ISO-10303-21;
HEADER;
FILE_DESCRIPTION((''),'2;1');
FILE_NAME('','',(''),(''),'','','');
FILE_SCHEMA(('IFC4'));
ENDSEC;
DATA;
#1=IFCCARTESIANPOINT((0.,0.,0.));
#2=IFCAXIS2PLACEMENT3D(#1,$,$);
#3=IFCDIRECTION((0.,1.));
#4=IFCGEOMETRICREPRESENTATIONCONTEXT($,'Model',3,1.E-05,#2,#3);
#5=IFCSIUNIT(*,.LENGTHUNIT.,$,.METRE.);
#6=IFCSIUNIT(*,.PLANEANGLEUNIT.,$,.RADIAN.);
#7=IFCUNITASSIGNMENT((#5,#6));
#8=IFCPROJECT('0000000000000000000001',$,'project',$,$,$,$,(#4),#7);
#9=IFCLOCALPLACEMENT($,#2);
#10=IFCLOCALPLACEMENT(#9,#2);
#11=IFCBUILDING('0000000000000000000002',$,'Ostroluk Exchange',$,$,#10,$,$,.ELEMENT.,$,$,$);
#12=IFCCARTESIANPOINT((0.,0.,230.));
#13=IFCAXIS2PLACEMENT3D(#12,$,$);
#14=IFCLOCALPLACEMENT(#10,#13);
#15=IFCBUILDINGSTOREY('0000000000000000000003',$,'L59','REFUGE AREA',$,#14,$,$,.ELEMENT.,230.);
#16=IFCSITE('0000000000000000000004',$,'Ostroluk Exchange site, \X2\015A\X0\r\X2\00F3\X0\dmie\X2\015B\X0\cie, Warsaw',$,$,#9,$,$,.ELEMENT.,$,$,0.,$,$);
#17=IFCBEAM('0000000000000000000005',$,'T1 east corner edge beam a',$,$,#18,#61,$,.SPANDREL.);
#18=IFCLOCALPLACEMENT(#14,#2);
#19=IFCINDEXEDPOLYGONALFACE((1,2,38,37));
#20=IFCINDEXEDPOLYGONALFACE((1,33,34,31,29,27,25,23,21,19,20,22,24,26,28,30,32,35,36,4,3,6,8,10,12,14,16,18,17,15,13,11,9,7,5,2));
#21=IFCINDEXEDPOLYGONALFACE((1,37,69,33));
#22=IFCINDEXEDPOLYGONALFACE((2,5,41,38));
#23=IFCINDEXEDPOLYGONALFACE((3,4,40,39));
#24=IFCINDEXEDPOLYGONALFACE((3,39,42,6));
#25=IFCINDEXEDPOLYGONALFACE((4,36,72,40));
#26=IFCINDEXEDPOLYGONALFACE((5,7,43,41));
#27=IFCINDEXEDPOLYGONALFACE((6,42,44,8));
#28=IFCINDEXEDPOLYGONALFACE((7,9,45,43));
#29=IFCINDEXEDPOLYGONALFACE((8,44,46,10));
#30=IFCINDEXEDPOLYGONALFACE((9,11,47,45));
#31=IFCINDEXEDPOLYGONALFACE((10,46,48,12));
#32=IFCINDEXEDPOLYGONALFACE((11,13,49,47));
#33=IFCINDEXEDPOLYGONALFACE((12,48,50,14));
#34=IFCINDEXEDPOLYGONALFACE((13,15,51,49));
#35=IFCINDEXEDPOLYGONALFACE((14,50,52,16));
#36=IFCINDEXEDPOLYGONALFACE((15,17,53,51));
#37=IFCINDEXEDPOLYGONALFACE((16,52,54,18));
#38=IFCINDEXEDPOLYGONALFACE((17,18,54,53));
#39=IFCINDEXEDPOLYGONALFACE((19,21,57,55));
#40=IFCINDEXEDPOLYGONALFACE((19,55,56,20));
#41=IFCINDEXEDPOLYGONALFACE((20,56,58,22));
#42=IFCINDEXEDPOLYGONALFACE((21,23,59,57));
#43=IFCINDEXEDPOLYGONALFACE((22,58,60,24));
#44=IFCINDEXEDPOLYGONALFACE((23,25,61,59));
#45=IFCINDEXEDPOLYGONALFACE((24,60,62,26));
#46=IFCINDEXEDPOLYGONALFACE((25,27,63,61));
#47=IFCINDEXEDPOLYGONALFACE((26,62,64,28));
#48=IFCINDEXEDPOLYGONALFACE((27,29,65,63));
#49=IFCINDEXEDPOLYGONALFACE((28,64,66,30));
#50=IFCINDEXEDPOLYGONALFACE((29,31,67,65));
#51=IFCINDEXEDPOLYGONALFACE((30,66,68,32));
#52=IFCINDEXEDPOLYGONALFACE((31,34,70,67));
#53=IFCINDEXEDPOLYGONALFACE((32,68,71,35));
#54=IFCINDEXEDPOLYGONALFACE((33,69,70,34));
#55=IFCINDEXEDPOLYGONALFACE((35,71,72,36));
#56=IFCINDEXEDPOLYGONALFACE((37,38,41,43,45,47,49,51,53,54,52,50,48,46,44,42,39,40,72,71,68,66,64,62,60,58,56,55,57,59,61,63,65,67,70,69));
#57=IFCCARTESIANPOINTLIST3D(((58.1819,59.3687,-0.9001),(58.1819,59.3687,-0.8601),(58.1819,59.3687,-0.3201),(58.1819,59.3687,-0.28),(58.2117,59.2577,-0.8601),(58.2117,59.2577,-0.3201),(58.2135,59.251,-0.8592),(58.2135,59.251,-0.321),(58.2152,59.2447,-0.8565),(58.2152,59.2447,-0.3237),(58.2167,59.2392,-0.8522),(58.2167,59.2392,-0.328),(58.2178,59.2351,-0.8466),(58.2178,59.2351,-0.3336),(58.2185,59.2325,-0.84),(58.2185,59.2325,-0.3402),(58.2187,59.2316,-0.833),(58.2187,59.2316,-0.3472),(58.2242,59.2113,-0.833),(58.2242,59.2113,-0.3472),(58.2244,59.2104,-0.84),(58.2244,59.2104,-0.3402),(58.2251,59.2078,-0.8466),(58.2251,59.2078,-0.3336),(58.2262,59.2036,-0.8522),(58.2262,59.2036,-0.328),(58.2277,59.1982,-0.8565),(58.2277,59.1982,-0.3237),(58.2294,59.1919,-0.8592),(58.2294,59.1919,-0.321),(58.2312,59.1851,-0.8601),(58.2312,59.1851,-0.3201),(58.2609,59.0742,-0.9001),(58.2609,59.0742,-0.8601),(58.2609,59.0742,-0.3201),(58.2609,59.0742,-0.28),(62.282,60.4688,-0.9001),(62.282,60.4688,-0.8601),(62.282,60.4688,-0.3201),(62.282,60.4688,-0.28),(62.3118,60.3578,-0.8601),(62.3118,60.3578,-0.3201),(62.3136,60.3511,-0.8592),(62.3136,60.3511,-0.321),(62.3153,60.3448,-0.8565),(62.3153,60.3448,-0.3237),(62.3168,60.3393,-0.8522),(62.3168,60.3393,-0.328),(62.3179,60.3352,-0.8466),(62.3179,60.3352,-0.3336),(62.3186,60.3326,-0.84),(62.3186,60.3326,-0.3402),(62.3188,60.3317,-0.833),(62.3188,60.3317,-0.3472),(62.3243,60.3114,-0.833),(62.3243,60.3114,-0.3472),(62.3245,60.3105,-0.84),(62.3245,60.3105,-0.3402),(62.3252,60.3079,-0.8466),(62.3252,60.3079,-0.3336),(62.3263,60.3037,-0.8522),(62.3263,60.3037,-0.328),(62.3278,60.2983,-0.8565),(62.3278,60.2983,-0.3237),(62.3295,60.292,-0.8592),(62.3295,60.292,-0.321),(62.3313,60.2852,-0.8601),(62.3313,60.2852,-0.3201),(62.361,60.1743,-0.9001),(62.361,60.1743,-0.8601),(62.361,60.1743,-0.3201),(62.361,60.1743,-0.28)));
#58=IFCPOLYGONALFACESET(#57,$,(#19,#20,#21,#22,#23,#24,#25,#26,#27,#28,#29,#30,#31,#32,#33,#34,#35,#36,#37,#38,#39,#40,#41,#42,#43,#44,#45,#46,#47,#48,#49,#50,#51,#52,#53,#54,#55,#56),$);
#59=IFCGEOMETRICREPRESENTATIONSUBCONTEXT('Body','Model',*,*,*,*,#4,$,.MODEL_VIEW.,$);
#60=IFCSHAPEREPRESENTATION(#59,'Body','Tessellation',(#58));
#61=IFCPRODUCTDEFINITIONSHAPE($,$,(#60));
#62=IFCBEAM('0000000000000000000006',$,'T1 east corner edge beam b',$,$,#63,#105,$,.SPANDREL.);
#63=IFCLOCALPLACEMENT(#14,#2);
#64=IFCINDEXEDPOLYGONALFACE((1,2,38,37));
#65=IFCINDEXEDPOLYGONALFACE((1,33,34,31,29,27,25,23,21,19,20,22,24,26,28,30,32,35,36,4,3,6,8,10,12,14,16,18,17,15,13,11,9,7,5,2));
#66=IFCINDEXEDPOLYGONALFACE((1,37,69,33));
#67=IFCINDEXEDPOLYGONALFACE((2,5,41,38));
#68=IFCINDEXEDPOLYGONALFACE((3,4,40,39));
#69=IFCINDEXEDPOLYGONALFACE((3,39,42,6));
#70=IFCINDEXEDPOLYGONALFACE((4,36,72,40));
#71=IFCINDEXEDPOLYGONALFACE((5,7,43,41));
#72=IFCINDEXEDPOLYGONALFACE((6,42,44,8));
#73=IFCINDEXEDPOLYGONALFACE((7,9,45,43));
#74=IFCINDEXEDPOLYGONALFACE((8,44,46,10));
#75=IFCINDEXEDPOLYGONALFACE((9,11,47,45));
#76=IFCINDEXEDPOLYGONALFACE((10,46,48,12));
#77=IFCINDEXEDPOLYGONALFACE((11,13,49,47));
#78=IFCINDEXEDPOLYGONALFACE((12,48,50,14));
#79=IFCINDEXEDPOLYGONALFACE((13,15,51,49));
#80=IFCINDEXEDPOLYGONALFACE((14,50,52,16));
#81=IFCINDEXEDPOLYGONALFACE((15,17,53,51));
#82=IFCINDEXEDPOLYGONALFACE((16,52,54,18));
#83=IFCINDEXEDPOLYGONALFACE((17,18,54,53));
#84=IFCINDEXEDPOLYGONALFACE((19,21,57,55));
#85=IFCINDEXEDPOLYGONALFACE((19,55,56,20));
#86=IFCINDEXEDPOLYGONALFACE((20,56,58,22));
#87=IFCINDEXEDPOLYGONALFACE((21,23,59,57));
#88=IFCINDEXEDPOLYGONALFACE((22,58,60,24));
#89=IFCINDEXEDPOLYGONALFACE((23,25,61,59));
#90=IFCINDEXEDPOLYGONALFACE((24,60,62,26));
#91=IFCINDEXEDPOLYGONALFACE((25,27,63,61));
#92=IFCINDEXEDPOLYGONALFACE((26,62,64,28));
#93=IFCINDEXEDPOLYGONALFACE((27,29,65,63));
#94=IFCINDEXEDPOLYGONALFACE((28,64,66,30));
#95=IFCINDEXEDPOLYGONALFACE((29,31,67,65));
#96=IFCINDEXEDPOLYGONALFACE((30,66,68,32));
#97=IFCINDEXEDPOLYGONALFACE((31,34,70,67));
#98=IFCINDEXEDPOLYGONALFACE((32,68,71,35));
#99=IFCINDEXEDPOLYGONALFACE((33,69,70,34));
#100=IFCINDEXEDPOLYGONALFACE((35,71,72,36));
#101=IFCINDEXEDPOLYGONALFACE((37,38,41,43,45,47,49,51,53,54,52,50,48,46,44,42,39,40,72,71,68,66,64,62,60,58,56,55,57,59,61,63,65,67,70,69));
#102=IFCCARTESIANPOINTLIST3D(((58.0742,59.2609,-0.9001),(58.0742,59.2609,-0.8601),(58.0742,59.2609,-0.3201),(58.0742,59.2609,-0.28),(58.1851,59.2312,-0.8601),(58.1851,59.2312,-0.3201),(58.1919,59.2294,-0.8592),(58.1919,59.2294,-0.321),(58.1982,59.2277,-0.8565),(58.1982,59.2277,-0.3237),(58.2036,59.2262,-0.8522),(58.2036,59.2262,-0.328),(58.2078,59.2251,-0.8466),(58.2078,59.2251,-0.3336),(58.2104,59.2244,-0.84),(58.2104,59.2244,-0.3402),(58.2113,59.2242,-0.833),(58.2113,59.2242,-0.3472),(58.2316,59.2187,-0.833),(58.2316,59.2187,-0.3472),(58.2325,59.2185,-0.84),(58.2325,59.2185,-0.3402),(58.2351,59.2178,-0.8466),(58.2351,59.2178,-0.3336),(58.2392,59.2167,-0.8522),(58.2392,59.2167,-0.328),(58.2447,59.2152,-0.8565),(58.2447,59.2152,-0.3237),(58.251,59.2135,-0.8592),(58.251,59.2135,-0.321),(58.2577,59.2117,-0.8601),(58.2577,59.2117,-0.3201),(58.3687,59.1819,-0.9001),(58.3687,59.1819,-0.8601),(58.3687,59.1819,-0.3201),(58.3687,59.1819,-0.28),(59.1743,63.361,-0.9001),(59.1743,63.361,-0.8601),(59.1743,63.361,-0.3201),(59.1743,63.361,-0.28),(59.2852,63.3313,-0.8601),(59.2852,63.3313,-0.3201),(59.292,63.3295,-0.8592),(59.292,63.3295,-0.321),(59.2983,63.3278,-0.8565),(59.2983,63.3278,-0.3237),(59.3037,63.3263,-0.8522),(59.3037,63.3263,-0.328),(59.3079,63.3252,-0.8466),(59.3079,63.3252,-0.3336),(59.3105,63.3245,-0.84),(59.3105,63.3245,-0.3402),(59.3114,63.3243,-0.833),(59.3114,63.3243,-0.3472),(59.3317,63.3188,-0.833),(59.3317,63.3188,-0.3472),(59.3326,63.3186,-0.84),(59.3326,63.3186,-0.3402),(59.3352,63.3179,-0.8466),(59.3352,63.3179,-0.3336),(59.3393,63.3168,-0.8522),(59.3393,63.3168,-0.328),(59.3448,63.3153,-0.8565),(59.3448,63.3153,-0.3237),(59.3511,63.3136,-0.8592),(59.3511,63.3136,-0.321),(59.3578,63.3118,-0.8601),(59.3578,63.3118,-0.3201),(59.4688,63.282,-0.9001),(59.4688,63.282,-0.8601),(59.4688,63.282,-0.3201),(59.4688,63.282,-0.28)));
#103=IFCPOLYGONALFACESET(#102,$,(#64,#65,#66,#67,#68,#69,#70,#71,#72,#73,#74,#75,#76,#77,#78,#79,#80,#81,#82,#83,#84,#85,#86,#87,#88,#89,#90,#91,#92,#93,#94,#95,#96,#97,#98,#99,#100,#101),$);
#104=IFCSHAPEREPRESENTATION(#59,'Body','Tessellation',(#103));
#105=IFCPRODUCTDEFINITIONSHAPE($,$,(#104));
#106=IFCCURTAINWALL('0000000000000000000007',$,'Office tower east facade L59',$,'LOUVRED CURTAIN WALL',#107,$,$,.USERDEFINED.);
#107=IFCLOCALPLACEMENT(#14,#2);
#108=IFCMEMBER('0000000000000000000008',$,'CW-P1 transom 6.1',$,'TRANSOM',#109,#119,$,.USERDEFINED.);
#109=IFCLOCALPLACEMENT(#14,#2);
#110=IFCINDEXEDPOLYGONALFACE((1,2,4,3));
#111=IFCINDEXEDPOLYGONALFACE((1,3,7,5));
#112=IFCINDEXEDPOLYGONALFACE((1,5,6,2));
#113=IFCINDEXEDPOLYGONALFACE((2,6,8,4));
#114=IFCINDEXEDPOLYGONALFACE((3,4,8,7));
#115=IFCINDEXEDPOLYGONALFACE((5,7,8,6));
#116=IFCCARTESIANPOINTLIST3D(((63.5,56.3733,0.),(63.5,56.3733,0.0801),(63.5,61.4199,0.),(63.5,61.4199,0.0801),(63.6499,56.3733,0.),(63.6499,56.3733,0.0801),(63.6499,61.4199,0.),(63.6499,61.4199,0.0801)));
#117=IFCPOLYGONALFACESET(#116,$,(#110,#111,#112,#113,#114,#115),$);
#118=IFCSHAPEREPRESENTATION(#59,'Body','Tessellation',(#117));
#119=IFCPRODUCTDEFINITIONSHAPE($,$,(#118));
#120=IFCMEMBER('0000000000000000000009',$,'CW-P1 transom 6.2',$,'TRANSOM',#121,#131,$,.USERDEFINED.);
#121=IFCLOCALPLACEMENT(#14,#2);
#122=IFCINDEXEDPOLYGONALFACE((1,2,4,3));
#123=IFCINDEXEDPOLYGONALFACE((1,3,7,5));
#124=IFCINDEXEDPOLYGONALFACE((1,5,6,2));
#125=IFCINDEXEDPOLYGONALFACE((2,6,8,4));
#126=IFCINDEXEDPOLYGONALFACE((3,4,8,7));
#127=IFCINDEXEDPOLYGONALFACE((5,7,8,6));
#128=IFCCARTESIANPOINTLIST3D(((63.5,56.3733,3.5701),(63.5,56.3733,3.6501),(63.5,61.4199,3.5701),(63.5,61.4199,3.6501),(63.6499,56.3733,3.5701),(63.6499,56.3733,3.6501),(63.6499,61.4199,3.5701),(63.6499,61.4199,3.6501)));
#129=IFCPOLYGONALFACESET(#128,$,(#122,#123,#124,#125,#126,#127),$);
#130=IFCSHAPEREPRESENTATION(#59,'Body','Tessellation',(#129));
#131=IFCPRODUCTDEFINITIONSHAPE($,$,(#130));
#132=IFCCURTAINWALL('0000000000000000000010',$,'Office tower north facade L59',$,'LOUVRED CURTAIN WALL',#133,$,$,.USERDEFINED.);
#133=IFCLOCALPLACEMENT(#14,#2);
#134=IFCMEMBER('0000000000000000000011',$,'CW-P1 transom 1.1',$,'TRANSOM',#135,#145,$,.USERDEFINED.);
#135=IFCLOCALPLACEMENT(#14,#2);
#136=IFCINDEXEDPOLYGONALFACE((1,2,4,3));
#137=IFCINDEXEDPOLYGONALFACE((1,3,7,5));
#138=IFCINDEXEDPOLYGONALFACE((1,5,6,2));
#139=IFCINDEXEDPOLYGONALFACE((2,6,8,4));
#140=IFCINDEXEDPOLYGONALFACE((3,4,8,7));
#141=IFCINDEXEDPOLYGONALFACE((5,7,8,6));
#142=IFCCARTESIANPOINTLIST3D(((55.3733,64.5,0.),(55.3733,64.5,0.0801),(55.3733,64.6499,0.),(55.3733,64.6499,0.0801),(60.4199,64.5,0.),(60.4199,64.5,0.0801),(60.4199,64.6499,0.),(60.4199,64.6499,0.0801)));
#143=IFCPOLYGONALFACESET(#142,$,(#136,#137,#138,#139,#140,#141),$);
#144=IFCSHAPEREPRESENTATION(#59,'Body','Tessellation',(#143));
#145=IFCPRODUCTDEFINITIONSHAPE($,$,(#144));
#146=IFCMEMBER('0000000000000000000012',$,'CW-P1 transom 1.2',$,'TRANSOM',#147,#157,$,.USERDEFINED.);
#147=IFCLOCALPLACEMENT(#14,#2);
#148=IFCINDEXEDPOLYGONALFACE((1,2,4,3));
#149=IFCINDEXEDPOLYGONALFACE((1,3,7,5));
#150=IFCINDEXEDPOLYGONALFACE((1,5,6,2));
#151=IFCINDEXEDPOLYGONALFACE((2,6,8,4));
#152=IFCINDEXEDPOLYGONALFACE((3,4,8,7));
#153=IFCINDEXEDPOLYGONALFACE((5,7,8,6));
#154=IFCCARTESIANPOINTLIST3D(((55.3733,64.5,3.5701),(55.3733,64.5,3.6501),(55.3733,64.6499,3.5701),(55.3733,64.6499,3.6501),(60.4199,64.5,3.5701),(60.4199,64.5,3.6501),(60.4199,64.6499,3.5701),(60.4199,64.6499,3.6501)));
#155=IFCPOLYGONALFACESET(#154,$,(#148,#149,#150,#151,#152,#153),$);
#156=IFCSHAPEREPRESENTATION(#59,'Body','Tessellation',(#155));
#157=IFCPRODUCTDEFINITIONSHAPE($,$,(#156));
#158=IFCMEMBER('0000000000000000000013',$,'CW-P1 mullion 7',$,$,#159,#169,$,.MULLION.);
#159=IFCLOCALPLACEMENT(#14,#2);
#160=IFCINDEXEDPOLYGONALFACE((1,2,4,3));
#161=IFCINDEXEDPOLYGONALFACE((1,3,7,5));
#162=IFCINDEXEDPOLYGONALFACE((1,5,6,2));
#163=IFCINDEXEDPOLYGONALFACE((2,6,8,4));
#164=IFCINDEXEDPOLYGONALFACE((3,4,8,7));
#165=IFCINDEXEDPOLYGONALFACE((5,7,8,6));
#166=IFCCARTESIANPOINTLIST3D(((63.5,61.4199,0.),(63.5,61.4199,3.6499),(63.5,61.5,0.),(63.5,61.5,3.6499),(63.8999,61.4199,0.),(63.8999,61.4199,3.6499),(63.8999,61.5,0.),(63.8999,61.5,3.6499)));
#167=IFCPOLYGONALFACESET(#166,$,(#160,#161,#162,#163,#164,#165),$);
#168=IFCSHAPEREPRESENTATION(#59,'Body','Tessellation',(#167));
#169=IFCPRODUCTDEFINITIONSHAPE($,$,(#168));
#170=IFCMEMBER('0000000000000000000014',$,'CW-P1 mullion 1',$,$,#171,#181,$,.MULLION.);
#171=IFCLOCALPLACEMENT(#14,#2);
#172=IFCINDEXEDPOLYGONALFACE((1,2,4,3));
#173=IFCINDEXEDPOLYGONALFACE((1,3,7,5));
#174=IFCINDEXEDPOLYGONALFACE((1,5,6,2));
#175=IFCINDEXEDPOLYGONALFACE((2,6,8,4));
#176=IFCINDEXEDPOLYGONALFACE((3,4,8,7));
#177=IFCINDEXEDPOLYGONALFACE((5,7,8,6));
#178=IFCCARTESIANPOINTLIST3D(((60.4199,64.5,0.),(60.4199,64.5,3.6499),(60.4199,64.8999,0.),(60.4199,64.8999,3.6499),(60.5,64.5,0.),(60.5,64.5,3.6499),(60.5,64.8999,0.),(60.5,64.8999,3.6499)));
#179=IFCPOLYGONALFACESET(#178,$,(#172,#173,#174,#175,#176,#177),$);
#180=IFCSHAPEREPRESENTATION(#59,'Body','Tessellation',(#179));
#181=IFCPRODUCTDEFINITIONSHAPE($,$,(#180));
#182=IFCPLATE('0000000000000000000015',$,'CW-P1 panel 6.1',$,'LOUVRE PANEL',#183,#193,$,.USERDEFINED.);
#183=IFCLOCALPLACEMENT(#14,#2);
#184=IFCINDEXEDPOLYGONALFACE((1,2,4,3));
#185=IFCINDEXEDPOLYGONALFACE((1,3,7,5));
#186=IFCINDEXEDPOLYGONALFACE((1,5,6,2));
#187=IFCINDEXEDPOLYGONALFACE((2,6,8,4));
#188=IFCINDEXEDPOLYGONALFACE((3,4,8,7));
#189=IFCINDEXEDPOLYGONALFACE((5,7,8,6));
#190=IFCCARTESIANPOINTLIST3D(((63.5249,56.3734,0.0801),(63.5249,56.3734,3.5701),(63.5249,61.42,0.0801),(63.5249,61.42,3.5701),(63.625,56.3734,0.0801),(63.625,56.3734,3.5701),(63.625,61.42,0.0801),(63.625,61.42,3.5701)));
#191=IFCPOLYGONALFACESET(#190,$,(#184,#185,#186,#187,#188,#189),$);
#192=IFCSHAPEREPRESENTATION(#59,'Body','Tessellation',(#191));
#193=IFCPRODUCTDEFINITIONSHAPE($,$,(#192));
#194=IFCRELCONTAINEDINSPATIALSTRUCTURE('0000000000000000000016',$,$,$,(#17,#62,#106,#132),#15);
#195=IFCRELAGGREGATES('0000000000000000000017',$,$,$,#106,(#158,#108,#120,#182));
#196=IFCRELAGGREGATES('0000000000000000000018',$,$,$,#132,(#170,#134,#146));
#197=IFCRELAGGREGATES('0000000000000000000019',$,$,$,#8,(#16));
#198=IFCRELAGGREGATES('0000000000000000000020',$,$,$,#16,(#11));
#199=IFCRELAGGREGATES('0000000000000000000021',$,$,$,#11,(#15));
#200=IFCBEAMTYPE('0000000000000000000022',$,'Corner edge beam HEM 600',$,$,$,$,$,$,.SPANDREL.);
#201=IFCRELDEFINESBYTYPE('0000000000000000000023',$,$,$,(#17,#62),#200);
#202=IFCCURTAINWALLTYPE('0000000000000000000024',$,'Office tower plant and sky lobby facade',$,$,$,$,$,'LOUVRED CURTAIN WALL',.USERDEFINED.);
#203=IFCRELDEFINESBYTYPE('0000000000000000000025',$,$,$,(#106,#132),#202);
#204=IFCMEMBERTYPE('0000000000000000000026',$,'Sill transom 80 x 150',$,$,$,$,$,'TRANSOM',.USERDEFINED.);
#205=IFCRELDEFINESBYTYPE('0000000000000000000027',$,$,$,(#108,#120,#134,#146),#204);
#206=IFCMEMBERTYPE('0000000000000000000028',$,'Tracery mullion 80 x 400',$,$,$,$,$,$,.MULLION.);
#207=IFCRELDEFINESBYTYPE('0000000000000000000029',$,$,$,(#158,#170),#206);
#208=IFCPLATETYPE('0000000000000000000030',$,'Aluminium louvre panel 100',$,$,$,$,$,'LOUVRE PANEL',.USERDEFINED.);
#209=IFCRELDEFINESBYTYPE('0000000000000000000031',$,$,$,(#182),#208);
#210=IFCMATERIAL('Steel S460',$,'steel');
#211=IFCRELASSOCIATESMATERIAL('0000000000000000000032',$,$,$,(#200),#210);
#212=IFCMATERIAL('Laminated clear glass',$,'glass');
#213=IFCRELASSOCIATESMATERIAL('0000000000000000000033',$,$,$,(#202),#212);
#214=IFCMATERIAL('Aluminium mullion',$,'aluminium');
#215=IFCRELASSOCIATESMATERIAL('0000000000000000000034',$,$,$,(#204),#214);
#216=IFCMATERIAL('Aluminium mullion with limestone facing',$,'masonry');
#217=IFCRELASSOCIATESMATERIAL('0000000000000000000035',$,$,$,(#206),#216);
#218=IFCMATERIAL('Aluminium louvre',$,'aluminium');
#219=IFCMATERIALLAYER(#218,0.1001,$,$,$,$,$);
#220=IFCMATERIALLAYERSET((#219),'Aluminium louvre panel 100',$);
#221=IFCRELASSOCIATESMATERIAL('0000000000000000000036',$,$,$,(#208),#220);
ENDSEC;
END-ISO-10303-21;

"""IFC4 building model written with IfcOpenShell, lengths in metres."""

from ifc_helpers import new_model, si_unit, direction, frame, origin, origin_2d, place, context, subcontext, project, spatial, rectangle, i_section, extrude, material, layer, layer_set, material_profile, profile_set, type_object, element, aggregate, save


model = new_model("IFC4")

# Units and contexts
model_context = context("Model", 3, precision=1e-05, world=origin(), true_north=direction((0.0, 1.0)))
body_context = subcontext(model_context, "Body", "Model", "MODEL_VIEW")
ifc_project = project(units=[si_unit("LENGTHUNIT", "METRE"), si_unit("PLANEANGLEUNIT", "RADIAN")], contexts=[model_context])

# Site, building, storey
site_placement = place(None, origin())
site = spatial("IfcSite", under=ifc_project, at=site_placement, Name="Ostroluk Exchange site, Śródmieście, Warsaw", CompositionType="ELEMENT", RefElevation=0.0)
building_placement = place(site_placement, origin())
building = spatial("IfcBuilding", under=site, at=building_placement, Name="Ostroluk Exchange", CompositionType="ELEMENT")
storey_placement = place(building_placement, frame((0.0, 0.0, 230.0)))
storey = spatial("IfcBuildingStorey", under=building, at=storey_placement, Name="L59", Description="REFUGE AREA", CompositionType="ELEMENT", Elevation=230.0)

# Beams
ifc_material_1 = material(Name="Steel S460", Category="steel")
ifc_material_profile_1 = material_profile(ifc_material_1, i_section(OverallWidth=0.3049, OverallDepth=0.6201, WebThickness=0.021, FlangeThickness=0.04, FilletRadius=0.0271, at=origin_2d()), Name="HEM 600")
ifc_profile_set_1 = profile_set([ifc_material_profile_1], Name="Steel S460")
beam_type = type_object("IfcBeamType", Name="Corner edge beam HEM 600", PredefinedType="SPANDREL", material=ifc_profile_set_1)
for number, where, z_axis, x_axis, name in (
    (1, (58.2214, 59.2214, -0.5901), (0.965839, 0.259144, 0.0), (-0.259144, 0.965839, 0.0), "T1 east corner edge beam a"),
    (2, (58.2214, 59.2214, -0.5901), (0.259144, 0.965839, 0.0), (-0.965839, 0.259144, 0.0), "T1 east corner edge beam b"),
):
    element("IfcBeam", number, at=place(storey_placement, frame(where, z_axis=z_axis, x_axis=x_axis)), inside=storey, type_object=beam_type, Name=name, PredefinedType="SPANDREL", context=body_context, shape_type="SweptSolid", body=[
        extrude(i_section(OverallWidth=0.3049, OverallDepth=0.6201, WebThickness=0.021, FlangeThickness=0.04, FilletRadius=0.0271, at=origin_2d()), origin(), (0.0, 0.0, 1.0), 4.2451),
    ])

# Curtain walls, members
ifc_material_2 = material(Name="Laminated clear glass", Category="glass")
curtain_wall_type = type_object("IfcCurtainWallType", Name="Office tower plant and sky lobby facade", ElementType="LOUVRED CURTAIN WALL", PredefinedType="USERDEFINED", material=ifc_material_2)
curtain_wall_1_placement = place(storey_placement, origin())
curtain_wall_1 = element("IfcCurtainWall", 3, at=curtain_wall_1_placement, inside=storey, type_object=curtain_wall_type, Name="Office tower east facade L59", ObjectType="LOUVRED CURTAIN WALL", PredefinedType="USERDEFINED")
ifc_material_3 = material(Name="Aluminium mullion", Category="aluminium")
ifc_material_profile_2 = material_profile(ifc_material_3, rectangle(XDim=0.1499, YDim=0.0801, at=origin_2d()), Name="Sill transom 80 x 150")
ifc_profile_set_2 = profile_set([ifc_material_profile_2], Name="Aluminium mullion")
member_type_1 = type_object("IfcMemberType", Name="Sill transom 80 x 150", ElementType="TRANSOM", PredefinedType="USERDEFINED", material=ifc_profile_set_2)
member_1_placement = place(storey_placement, frame((63.575, 56.3733, 0.04), z_axis=(0.0, 1.0, 0.0), x_axis=(-1.0, 0.0, 0.0)))
member_1 = element("IfcMember", 4, at=member_1_placement, type_object=member_type_1, Name="CW-P1 transom 6.1", ObjectType="TRANSOM", PredefinedType="USERDEFINED", context=body_context, shape_type="SweptSolid", body=[
    extrude(rectangle(XDim=0.1499, YDim=0.0801, at=origin_2d()), origin(), (0.0, 0.0, 1.0), 5.0466),
])
member_2_placement = place(storey_placement, frame((63.575, 56.3733, 3.6101), z_axis=(0.0, 1.0, 0.0), x_axis=(-1.0, 0.0, 0.0)))
member_2 = element("IfcMember", 5, at=member_2_placement, type_object=member_type_1, Name="CW-P1 transom 6.2", ObjectType="TRANSOM", PredefinedType="USERDEFINED", context=body_context, shape_type="SweptSolid", body=[
    extrude(rectangle(XDim=0.1499, YDim=0.0801, at=origin_2d()), origin(), (0.0, 0.0, 1.0), 5.0466),
])
curtain_wall_2_placement = place(storey_placement, origin())
curtain_wall_2 = element("IfcCurtainWall", 6, at=curtain_wall_2_placement, inside=storey, type_object=curtain_wall_type, Name="Office tower north facade L59", ObjectType="LOUVRED CURTAIN WALL", PredefinedType="USERDEFINED")
member_3_placement = place(storey_placement, frame((60.4199, 64.575, 0.04), z_axis=(-1.0, 0.0, 0.0), x_axis=(0.0, -1.0, 0.0)))
member_3 = element("IfcMember", 7, at=member_3_placement, type_object=member_type_1, Name="CW-P1 transom 1.1", ObjectType="TRANSOM", PredefinedType="USERDEFINED", context=body_context, shape_type="SweptSolid", body=[
    extrude(rectangle(XDim=0.1499, YDim=0.0801, at=origin_2d()), origin(), (0.0, 0.0, 1.0), 5.0466),
])
member_4_placement = place(storey_placement, frame((60.4199, 64.575, 3.6101), z_axis=(-1.0, 0.0, 0.0), x_axis=(0.0, -1.0, 0.0)))
member_4 = element("IfcMember", 8, at=member_4_placement, type_object=member_type_1, Name="CW-P1 transom 1.2", ObjectType="TRANSOM", PredefinedType="USERDEFINED", context=body_context, shape_type="SweptSolid", body=[
    extrude(rectangle(XDim=0.1499, YDim=0.0801, at=origin_2d()), origin(), (0.0, 0.0, 1.0), 5.0466),
])

# Members
ifc_material_4 = material(Name="Aluminium mullion with limestone facing", Category="masonry")
ifc_material_profile_3 = material_profile(ifc_material_4, rectangle(XDim=0.3999, YDim=0.0801, at=origin_2d()), Name="Tracery mullion 80 x 400")
ifc_profile_set_3 = profile_set([ifc_material_profile_3], Name="Aluminium mullion with limestone facing")
member_type_2 = type_object("IfcMemberType", Name="Tracery mullion 80 x 400", PredefinedType="MULLION", material=ifc_profile_set_3)
member_5_placement = place(storey_placement, frame((63.7, 61.46, 0.0), z_axis=(0.0, 0.0, 1.0), x_axis=(-1.0, 0.0, 0.0)))
member_5 = element("IfcMember", 9, at=member_5_placement, type_object=member_type_2, Name="CW-P1 mullion 7", PredefinedType="MULLION", context=body_context, shape_type="SweptSolid", body=[
    extrude(rectangle(XDim=0.3999, YDim=0.0801, at=origin_2d()), origin(), (0.0, 0.0, 1.0), 3.6499),
])
member_6_placement = place(storey_placement, frame((60.46, 64.7, 0.0), z_axis=(0.0, 0.0, 1.0), x_axis=(0.0, -1.0, 0.0)))
member_6 = element("IfcMember", 10, at=member_6_placement, type_object=member_type_2, Name="CW-P1 mullion 1", PredefinedType="MULLION", context=body_context, shape_type="SweptSolid", body=[
    extrude(rectangle(XDim=0.3999, YDim=0.0801, at=origin_2d()), origin(), (0.0, 0.0, 1.0), 3.6499),
])

# Plate
ifc_material_5 = material(Name="Aluminium louvre", Category="aluminium")
ifc_layer_1 = layer(ifc_material_5, 0.1001)
ifc_layer_set_1 = layer_set([ifc_layer_1], Name="Aluminium louvre panel 100")
plate_type = type_object("IfcPlateType", Name="Aluminium louvre panel 100", ElementType="LOUVRE PANEL", PredefinedType="USERDEFINED", material=ifc_layer_set_1)
plate_1_placement = place(storey_placement, frame((63.575, 58.8967, 0.0801), z_axis=(0.0, 0.0, 1.0), x_axis=(0.0, 1.0, 0.0)))
plate_1 = element("IfcPlate", 11, at=plate_1_placement, type_object=plate_type, Name="CW-P1 panel 6.1", ObjectType="LOUVRE PANEL", PredefinedType="USERDEFINED", context=body_context, shape_type="SweptSolid", body=[
    extrude(rectangle(XDim=5.0466, YDim=0.1001, at=origin_2d()), origin(), (0.0, 0.0, 1.0), 3.49),
])
aggregate(curtain_wall_1, [member_5, member_1, member_2, plate_1])
aggregate(curtain_wall_2, [member_6, member_3, member_4])

save(model, "model.ifc")
